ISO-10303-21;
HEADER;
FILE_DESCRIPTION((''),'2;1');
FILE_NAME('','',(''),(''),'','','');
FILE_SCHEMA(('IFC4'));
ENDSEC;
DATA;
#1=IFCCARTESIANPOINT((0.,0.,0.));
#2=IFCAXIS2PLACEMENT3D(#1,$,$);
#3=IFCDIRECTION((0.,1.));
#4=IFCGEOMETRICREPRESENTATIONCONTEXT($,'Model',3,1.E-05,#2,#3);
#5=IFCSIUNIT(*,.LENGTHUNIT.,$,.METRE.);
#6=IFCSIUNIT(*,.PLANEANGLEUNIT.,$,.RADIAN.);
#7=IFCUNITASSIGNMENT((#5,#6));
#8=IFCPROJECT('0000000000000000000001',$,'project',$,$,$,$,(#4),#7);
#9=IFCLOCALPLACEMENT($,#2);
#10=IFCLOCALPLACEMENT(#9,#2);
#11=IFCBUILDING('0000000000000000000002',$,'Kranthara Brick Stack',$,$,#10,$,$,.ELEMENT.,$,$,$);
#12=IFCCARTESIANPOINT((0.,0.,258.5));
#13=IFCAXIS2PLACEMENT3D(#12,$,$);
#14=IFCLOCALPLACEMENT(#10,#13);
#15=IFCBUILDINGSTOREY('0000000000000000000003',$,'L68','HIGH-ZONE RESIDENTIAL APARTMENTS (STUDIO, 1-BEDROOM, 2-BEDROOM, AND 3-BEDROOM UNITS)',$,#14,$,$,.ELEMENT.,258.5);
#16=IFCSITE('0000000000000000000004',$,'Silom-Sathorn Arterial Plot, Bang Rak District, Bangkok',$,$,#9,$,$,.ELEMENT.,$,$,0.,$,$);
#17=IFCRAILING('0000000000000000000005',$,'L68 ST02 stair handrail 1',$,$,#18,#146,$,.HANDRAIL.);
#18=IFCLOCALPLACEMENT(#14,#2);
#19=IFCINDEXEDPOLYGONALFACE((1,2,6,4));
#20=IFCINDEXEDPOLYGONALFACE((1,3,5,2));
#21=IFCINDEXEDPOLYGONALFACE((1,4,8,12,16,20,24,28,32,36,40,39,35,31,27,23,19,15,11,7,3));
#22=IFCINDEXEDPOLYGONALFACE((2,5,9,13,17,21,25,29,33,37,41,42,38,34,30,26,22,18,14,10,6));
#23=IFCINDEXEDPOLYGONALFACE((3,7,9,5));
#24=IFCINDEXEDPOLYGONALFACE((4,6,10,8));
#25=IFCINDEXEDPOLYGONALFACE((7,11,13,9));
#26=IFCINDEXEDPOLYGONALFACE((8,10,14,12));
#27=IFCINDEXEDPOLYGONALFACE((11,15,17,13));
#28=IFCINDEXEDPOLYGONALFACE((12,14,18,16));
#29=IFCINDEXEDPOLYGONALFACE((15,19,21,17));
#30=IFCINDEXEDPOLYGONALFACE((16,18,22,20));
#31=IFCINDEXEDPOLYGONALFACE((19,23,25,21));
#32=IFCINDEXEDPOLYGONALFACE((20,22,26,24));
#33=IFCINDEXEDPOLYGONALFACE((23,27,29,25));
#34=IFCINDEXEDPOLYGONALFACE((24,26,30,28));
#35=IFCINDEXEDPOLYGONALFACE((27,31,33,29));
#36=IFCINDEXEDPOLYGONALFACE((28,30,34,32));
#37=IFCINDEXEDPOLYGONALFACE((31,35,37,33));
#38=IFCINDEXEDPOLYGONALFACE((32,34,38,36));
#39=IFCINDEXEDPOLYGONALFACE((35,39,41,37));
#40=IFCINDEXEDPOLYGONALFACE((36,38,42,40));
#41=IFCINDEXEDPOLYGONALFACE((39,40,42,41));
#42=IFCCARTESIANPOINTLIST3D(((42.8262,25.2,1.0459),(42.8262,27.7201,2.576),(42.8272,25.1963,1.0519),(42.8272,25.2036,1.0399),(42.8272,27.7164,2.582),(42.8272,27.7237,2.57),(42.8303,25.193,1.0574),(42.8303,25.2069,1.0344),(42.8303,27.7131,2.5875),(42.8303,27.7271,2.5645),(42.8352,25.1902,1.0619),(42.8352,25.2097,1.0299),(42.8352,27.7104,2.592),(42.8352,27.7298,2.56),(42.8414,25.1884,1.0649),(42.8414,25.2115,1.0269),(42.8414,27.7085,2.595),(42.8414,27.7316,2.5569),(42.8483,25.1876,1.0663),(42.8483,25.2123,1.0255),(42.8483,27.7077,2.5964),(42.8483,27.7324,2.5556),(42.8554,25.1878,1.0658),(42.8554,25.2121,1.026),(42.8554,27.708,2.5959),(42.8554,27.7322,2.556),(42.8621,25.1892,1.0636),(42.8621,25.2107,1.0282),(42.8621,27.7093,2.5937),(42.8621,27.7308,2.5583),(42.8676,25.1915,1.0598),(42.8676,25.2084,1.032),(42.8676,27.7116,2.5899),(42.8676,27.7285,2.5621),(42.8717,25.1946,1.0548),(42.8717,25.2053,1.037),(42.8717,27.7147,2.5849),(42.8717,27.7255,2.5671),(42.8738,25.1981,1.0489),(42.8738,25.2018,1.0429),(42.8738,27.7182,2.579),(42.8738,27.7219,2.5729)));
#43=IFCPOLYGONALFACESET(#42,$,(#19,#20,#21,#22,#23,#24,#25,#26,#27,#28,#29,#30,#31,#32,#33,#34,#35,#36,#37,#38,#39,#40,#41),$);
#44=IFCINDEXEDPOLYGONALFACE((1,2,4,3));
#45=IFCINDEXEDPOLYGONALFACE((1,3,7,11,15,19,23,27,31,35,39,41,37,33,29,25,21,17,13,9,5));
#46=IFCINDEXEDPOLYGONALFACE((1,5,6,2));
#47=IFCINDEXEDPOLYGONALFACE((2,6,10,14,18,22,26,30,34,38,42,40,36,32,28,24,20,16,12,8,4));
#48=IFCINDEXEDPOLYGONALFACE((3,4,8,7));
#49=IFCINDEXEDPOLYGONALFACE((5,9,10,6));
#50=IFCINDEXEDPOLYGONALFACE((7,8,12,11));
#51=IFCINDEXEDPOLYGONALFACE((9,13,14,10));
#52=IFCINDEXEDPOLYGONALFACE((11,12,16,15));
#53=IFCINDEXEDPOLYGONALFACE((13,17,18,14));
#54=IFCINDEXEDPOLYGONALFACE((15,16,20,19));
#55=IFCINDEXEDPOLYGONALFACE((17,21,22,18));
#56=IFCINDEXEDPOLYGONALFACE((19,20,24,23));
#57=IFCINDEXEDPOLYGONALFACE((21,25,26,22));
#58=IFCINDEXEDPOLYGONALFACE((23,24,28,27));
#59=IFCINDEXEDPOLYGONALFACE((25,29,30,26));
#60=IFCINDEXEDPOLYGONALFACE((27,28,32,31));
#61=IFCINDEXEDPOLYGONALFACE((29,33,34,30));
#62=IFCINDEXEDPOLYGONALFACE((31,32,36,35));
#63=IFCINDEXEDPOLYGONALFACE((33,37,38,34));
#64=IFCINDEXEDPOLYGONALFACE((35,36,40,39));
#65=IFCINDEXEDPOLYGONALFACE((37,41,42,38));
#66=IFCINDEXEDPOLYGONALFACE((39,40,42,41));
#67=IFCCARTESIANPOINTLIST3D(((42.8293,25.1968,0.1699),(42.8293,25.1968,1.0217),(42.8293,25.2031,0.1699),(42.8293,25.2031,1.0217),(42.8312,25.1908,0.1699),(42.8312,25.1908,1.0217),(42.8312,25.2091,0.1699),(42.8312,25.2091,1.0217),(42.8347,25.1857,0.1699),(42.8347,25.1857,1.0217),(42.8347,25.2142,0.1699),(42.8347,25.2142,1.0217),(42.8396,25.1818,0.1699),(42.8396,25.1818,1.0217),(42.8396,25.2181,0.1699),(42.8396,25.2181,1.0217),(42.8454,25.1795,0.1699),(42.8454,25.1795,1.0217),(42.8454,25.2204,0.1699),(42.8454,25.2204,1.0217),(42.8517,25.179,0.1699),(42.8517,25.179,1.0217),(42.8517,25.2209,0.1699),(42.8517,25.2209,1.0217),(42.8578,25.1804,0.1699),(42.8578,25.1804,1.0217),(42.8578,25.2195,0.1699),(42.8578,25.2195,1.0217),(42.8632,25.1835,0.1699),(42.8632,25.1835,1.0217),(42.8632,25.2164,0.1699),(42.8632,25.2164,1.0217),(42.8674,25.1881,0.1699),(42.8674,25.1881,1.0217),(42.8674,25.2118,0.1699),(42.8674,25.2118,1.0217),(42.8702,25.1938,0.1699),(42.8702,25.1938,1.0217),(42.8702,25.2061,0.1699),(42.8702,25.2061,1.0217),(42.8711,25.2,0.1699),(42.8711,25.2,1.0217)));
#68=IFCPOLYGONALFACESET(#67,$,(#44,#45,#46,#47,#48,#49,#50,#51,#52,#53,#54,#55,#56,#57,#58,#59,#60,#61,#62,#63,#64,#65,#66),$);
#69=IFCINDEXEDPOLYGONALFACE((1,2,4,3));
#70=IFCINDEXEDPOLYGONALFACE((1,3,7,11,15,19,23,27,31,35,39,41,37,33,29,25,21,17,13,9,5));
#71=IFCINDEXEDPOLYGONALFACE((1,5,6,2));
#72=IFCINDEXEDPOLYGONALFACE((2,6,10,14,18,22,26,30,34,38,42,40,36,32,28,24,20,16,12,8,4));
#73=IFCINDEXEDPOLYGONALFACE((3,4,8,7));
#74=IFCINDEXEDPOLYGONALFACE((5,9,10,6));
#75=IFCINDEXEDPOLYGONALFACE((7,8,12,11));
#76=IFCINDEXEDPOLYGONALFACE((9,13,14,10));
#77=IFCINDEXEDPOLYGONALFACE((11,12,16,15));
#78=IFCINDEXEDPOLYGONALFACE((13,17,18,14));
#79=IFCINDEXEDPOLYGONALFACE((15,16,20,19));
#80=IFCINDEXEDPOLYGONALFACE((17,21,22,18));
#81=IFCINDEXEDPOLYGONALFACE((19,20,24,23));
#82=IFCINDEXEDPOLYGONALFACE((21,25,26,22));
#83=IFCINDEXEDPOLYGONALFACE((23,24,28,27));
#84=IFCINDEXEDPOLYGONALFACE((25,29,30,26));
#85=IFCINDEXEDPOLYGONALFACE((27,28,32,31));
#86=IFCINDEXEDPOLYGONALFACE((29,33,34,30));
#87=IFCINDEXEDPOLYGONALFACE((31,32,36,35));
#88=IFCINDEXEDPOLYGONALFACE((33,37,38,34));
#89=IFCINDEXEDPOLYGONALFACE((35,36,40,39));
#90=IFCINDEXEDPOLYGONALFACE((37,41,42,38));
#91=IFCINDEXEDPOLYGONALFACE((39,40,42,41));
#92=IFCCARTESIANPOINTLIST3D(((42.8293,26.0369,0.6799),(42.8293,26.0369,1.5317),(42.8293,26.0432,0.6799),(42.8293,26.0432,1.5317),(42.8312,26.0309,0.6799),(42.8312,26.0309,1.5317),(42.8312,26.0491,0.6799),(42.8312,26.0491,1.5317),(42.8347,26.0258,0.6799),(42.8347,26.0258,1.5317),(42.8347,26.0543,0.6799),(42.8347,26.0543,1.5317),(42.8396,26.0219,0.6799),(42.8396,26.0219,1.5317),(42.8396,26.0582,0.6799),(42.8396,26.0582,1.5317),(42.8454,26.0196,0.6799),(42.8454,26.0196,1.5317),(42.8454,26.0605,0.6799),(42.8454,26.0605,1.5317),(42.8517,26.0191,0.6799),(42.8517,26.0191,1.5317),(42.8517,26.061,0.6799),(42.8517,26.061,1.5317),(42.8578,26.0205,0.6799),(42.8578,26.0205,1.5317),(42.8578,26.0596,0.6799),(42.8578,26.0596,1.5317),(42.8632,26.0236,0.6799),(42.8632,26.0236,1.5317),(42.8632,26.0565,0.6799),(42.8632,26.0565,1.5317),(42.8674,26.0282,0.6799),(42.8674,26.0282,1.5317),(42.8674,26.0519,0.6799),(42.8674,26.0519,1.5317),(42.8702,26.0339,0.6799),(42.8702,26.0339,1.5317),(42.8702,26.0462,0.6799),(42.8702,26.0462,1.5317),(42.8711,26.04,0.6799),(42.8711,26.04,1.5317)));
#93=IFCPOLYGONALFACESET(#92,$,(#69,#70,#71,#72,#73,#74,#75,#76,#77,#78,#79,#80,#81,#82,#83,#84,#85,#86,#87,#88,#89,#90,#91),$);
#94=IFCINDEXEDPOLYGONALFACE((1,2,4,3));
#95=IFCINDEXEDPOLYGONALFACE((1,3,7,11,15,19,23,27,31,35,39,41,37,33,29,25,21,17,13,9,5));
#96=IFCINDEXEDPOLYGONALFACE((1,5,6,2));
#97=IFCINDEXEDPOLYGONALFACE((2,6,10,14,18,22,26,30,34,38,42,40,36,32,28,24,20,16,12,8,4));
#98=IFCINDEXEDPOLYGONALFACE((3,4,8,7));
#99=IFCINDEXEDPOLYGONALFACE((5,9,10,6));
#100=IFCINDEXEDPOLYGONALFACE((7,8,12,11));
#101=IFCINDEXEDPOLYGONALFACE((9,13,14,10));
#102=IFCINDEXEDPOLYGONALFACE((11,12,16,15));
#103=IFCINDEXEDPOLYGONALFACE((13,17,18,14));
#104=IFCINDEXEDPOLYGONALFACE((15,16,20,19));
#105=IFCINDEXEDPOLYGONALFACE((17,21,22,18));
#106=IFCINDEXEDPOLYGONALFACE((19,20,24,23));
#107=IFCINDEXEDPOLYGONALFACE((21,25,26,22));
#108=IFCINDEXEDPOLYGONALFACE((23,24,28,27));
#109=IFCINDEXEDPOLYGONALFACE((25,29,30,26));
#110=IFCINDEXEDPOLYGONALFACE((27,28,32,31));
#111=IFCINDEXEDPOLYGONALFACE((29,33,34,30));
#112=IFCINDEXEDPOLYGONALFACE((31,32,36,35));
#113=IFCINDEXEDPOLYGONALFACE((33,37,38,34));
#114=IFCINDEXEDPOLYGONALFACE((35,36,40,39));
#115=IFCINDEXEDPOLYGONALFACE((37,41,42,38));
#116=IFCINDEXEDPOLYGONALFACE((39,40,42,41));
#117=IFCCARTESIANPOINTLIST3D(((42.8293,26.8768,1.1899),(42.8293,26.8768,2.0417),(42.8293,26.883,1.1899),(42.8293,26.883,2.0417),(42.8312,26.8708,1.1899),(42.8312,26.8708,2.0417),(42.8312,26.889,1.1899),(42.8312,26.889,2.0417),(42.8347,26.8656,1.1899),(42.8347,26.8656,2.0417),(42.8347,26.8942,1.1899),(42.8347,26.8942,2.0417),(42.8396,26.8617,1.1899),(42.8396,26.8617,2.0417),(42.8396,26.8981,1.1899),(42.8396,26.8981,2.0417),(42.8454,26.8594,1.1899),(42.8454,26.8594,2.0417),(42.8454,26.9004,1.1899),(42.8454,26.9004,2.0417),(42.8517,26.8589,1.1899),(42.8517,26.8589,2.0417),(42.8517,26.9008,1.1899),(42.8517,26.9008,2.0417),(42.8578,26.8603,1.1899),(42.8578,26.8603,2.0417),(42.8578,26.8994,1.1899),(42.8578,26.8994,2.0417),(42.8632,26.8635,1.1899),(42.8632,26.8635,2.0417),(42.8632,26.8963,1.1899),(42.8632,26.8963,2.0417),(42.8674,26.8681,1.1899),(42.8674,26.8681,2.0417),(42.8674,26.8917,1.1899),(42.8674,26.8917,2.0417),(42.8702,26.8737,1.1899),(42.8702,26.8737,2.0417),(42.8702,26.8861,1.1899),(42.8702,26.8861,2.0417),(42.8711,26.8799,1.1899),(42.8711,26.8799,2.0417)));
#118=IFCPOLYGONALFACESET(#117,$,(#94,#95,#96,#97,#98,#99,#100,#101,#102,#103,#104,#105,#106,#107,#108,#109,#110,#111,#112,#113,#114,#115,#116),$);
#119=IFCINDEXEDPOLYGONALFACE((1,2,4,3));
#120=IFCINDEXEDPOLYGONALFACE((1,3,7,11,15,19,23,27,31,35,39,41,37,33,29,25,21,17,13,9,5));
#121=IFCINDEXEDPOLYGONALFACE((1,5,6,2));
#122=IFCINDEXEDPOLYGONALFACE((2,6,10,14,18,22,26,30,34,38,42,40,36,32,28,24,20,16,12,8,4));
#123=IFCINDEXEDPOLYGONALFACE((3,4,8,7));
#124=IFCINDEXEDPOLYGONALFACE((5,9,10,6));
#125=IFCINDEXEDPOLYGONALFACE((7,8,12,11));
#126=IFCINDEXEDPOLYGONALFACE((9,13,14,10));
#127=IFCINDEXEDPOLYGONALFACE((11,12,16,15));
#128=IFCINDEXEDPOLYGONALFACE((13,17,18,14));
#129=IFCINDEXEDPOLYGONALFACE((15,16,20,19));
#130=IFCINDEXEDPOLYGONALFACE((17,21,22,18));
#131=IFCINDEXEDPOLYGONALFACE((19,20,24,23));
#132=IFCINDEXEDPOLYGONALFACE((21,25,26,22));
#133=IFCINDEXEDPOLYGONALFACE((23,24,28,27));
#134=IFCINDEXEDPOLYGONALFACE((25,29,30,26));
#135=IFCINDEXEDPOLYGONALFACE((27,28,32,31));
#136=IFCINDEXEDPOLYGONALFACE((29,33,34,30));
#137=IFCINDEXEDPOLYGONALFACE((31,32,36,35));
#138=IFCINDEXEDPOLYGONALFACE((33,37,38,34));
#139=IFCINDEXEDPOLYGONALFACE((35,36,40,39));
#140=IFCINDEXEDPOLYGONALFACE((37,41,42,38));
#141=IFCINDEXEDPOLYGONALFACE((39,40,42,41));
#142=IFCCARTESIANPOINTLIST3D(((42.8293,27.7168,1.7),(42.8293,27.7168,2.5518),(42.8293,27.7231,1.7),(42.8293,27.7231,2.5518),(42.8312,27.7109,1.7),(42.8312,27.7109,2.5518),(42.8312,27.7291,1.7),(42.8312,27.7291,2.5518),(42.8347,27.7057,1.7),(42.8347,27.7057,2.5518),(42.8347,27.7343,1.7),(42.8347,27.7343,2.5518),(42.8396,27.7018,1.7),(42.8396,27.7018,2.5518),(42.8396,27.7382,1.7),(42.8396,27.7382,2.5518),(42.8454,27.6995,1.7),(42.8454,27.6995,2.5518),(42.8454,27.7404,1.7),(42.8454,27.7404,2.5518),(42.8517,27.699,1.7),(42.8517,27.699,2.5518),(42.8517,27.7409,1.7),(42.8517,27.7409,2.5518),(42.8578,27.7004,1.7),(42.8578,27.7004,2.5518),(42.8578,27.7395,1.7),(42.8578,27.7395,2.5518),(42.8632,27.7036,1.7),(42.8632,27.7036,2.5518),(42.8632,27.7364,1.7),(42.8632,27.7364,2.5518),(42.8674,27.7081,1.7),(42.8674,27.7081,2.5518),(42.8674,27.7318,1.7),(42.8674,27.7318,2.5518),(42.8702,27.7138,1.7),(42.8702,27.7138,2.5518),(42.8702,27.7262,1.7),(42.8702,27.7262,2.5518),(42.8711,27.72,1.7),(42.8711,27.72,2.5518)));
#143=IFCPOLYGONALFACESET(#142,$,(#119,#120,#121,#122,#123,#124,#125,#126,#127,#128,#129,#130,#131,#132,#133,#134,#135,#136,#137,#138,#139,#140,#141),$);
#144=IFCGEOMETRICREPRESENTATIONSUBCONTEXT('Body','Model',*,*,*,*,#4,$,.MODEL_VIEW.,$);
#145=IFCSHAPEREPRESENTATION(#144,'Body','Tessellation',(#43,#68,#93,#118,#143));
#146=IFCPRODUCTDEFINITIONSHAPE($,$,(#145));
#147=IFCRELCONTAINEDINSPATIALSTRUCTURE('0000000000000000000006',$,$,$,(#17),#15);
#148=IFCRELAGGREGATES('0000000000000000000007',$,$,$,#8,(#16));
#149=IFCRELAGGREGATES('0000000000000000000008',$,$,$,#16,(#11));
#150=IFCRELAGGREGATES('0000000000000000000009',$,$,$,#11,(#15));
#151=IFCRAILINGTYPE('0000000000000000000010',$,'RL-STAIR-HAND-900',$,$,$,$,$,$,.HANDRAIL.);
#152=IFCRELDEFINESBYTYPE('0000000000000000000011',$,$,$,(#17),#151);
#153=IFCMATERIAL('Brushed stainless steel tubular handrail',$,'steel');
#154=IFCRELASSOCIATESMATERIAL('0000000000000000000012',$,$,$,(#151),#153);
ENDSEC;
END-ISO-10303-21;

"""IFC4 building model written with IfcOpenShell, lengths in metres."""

from ifc_helpers import new_model, si_unit, direction, frame, origin, origin_2d, place, context, subcontext, project, spatial, circle, extrude, material, type_object, element, save


model = new_model("IFC4")

# Units and contexts
model_context = context("Model", 3, precision=1e-05, world=origin(), true_north=direction((0.0, 1.0)))
body_context = subcontext(model_context, "Body", "Model", "MODEL_VIEW")
ifc_project = project(units=[si_unit("LENGTHUNIT", "METRE"), si_unit("PLANEANGLEUNIT", "RADIAN")], contexts=[model_context])

# Site, building, storey
site_placement = place(None, origin())
site = spatial("IfcSite", under=ifc_project, at=site_placement, Name="Silom-Sathorn Arterial Plot, Bang Rak District, Bangkok", CompositionType="ELEMENT", RefElevation=0.0)
building_placement = place(site_placement, origin())
building = spatial("IfcBuilding", under=site, at=building_placement, Name="Kranthara Brick Stack", CompositionType="ELEMENT")
storey_placement = place(building_placement, frame((0.0, 0.0, 258.5)))
storey = spatial("IfcBuildingStorey", under=building, at=storey_placement, Name="L68", Description="HIGH-ZONE RESIDENTIAL APARTMENTS (STUDIO, 1-BEDROOM, 2-BEDROOM, AND 3-BEDROOM UNITS)", CompositionType="ELEMENT", Elevation=258.5)

# Railing
ifc_material_1 = material(Name="Brushed stainless steel tubular handrail", Category="steel")
railing_type_1 = type_object("IfcRailingType", Name="RL-STAIR-HAND-900", PredefinedType="HANDRAIL", material=ifc_material_1)
railing_1_placement = place(storey_placement, frame((42.8501, 25.2, 0.1699)))
element("IfcRailing", 1, at=railing_1_placement, inside=storey, type_object=railing_type_1, Name="L68 ST02 stair handrail 1", PredefinedType="HANDRAIL", context=body_context, shape_type="SweptSolid", body=[
    extrude(circle(Radius=0.0239, at=origin_2d()), frame((0.0, 0.0, 0.876), z_axis=(0.0, 0.854785, 0.518982), x_axis=(-1.0, 0.0, 0.0)), (0.0, 0.0, 1.0), 2.9482),
    extrude(circle(Radius=0.021, at=origin_2d()), origin(), (0.0, 0.0, 1.0), 0.8518),
    extrude(circle(Radius=0.021, at=origin_2d()), frame((0.0, 0.8401, 0.51)), (0.0, 0.0, 1.0), 0.8518),
    extrude(circle(Radius=0.021, at=origin_2d()), frame((0.0, 1.6799, 1.02)), (0.0, 0.0, 1.0), 0.8518),
    extrude(circle(Radius=0.021, at=origin_2d()), frame((0.0, 2.52, 1.53)), (0.0, 0.0, 1.0), 0.8518),
])

save(model, "model.ifc")
